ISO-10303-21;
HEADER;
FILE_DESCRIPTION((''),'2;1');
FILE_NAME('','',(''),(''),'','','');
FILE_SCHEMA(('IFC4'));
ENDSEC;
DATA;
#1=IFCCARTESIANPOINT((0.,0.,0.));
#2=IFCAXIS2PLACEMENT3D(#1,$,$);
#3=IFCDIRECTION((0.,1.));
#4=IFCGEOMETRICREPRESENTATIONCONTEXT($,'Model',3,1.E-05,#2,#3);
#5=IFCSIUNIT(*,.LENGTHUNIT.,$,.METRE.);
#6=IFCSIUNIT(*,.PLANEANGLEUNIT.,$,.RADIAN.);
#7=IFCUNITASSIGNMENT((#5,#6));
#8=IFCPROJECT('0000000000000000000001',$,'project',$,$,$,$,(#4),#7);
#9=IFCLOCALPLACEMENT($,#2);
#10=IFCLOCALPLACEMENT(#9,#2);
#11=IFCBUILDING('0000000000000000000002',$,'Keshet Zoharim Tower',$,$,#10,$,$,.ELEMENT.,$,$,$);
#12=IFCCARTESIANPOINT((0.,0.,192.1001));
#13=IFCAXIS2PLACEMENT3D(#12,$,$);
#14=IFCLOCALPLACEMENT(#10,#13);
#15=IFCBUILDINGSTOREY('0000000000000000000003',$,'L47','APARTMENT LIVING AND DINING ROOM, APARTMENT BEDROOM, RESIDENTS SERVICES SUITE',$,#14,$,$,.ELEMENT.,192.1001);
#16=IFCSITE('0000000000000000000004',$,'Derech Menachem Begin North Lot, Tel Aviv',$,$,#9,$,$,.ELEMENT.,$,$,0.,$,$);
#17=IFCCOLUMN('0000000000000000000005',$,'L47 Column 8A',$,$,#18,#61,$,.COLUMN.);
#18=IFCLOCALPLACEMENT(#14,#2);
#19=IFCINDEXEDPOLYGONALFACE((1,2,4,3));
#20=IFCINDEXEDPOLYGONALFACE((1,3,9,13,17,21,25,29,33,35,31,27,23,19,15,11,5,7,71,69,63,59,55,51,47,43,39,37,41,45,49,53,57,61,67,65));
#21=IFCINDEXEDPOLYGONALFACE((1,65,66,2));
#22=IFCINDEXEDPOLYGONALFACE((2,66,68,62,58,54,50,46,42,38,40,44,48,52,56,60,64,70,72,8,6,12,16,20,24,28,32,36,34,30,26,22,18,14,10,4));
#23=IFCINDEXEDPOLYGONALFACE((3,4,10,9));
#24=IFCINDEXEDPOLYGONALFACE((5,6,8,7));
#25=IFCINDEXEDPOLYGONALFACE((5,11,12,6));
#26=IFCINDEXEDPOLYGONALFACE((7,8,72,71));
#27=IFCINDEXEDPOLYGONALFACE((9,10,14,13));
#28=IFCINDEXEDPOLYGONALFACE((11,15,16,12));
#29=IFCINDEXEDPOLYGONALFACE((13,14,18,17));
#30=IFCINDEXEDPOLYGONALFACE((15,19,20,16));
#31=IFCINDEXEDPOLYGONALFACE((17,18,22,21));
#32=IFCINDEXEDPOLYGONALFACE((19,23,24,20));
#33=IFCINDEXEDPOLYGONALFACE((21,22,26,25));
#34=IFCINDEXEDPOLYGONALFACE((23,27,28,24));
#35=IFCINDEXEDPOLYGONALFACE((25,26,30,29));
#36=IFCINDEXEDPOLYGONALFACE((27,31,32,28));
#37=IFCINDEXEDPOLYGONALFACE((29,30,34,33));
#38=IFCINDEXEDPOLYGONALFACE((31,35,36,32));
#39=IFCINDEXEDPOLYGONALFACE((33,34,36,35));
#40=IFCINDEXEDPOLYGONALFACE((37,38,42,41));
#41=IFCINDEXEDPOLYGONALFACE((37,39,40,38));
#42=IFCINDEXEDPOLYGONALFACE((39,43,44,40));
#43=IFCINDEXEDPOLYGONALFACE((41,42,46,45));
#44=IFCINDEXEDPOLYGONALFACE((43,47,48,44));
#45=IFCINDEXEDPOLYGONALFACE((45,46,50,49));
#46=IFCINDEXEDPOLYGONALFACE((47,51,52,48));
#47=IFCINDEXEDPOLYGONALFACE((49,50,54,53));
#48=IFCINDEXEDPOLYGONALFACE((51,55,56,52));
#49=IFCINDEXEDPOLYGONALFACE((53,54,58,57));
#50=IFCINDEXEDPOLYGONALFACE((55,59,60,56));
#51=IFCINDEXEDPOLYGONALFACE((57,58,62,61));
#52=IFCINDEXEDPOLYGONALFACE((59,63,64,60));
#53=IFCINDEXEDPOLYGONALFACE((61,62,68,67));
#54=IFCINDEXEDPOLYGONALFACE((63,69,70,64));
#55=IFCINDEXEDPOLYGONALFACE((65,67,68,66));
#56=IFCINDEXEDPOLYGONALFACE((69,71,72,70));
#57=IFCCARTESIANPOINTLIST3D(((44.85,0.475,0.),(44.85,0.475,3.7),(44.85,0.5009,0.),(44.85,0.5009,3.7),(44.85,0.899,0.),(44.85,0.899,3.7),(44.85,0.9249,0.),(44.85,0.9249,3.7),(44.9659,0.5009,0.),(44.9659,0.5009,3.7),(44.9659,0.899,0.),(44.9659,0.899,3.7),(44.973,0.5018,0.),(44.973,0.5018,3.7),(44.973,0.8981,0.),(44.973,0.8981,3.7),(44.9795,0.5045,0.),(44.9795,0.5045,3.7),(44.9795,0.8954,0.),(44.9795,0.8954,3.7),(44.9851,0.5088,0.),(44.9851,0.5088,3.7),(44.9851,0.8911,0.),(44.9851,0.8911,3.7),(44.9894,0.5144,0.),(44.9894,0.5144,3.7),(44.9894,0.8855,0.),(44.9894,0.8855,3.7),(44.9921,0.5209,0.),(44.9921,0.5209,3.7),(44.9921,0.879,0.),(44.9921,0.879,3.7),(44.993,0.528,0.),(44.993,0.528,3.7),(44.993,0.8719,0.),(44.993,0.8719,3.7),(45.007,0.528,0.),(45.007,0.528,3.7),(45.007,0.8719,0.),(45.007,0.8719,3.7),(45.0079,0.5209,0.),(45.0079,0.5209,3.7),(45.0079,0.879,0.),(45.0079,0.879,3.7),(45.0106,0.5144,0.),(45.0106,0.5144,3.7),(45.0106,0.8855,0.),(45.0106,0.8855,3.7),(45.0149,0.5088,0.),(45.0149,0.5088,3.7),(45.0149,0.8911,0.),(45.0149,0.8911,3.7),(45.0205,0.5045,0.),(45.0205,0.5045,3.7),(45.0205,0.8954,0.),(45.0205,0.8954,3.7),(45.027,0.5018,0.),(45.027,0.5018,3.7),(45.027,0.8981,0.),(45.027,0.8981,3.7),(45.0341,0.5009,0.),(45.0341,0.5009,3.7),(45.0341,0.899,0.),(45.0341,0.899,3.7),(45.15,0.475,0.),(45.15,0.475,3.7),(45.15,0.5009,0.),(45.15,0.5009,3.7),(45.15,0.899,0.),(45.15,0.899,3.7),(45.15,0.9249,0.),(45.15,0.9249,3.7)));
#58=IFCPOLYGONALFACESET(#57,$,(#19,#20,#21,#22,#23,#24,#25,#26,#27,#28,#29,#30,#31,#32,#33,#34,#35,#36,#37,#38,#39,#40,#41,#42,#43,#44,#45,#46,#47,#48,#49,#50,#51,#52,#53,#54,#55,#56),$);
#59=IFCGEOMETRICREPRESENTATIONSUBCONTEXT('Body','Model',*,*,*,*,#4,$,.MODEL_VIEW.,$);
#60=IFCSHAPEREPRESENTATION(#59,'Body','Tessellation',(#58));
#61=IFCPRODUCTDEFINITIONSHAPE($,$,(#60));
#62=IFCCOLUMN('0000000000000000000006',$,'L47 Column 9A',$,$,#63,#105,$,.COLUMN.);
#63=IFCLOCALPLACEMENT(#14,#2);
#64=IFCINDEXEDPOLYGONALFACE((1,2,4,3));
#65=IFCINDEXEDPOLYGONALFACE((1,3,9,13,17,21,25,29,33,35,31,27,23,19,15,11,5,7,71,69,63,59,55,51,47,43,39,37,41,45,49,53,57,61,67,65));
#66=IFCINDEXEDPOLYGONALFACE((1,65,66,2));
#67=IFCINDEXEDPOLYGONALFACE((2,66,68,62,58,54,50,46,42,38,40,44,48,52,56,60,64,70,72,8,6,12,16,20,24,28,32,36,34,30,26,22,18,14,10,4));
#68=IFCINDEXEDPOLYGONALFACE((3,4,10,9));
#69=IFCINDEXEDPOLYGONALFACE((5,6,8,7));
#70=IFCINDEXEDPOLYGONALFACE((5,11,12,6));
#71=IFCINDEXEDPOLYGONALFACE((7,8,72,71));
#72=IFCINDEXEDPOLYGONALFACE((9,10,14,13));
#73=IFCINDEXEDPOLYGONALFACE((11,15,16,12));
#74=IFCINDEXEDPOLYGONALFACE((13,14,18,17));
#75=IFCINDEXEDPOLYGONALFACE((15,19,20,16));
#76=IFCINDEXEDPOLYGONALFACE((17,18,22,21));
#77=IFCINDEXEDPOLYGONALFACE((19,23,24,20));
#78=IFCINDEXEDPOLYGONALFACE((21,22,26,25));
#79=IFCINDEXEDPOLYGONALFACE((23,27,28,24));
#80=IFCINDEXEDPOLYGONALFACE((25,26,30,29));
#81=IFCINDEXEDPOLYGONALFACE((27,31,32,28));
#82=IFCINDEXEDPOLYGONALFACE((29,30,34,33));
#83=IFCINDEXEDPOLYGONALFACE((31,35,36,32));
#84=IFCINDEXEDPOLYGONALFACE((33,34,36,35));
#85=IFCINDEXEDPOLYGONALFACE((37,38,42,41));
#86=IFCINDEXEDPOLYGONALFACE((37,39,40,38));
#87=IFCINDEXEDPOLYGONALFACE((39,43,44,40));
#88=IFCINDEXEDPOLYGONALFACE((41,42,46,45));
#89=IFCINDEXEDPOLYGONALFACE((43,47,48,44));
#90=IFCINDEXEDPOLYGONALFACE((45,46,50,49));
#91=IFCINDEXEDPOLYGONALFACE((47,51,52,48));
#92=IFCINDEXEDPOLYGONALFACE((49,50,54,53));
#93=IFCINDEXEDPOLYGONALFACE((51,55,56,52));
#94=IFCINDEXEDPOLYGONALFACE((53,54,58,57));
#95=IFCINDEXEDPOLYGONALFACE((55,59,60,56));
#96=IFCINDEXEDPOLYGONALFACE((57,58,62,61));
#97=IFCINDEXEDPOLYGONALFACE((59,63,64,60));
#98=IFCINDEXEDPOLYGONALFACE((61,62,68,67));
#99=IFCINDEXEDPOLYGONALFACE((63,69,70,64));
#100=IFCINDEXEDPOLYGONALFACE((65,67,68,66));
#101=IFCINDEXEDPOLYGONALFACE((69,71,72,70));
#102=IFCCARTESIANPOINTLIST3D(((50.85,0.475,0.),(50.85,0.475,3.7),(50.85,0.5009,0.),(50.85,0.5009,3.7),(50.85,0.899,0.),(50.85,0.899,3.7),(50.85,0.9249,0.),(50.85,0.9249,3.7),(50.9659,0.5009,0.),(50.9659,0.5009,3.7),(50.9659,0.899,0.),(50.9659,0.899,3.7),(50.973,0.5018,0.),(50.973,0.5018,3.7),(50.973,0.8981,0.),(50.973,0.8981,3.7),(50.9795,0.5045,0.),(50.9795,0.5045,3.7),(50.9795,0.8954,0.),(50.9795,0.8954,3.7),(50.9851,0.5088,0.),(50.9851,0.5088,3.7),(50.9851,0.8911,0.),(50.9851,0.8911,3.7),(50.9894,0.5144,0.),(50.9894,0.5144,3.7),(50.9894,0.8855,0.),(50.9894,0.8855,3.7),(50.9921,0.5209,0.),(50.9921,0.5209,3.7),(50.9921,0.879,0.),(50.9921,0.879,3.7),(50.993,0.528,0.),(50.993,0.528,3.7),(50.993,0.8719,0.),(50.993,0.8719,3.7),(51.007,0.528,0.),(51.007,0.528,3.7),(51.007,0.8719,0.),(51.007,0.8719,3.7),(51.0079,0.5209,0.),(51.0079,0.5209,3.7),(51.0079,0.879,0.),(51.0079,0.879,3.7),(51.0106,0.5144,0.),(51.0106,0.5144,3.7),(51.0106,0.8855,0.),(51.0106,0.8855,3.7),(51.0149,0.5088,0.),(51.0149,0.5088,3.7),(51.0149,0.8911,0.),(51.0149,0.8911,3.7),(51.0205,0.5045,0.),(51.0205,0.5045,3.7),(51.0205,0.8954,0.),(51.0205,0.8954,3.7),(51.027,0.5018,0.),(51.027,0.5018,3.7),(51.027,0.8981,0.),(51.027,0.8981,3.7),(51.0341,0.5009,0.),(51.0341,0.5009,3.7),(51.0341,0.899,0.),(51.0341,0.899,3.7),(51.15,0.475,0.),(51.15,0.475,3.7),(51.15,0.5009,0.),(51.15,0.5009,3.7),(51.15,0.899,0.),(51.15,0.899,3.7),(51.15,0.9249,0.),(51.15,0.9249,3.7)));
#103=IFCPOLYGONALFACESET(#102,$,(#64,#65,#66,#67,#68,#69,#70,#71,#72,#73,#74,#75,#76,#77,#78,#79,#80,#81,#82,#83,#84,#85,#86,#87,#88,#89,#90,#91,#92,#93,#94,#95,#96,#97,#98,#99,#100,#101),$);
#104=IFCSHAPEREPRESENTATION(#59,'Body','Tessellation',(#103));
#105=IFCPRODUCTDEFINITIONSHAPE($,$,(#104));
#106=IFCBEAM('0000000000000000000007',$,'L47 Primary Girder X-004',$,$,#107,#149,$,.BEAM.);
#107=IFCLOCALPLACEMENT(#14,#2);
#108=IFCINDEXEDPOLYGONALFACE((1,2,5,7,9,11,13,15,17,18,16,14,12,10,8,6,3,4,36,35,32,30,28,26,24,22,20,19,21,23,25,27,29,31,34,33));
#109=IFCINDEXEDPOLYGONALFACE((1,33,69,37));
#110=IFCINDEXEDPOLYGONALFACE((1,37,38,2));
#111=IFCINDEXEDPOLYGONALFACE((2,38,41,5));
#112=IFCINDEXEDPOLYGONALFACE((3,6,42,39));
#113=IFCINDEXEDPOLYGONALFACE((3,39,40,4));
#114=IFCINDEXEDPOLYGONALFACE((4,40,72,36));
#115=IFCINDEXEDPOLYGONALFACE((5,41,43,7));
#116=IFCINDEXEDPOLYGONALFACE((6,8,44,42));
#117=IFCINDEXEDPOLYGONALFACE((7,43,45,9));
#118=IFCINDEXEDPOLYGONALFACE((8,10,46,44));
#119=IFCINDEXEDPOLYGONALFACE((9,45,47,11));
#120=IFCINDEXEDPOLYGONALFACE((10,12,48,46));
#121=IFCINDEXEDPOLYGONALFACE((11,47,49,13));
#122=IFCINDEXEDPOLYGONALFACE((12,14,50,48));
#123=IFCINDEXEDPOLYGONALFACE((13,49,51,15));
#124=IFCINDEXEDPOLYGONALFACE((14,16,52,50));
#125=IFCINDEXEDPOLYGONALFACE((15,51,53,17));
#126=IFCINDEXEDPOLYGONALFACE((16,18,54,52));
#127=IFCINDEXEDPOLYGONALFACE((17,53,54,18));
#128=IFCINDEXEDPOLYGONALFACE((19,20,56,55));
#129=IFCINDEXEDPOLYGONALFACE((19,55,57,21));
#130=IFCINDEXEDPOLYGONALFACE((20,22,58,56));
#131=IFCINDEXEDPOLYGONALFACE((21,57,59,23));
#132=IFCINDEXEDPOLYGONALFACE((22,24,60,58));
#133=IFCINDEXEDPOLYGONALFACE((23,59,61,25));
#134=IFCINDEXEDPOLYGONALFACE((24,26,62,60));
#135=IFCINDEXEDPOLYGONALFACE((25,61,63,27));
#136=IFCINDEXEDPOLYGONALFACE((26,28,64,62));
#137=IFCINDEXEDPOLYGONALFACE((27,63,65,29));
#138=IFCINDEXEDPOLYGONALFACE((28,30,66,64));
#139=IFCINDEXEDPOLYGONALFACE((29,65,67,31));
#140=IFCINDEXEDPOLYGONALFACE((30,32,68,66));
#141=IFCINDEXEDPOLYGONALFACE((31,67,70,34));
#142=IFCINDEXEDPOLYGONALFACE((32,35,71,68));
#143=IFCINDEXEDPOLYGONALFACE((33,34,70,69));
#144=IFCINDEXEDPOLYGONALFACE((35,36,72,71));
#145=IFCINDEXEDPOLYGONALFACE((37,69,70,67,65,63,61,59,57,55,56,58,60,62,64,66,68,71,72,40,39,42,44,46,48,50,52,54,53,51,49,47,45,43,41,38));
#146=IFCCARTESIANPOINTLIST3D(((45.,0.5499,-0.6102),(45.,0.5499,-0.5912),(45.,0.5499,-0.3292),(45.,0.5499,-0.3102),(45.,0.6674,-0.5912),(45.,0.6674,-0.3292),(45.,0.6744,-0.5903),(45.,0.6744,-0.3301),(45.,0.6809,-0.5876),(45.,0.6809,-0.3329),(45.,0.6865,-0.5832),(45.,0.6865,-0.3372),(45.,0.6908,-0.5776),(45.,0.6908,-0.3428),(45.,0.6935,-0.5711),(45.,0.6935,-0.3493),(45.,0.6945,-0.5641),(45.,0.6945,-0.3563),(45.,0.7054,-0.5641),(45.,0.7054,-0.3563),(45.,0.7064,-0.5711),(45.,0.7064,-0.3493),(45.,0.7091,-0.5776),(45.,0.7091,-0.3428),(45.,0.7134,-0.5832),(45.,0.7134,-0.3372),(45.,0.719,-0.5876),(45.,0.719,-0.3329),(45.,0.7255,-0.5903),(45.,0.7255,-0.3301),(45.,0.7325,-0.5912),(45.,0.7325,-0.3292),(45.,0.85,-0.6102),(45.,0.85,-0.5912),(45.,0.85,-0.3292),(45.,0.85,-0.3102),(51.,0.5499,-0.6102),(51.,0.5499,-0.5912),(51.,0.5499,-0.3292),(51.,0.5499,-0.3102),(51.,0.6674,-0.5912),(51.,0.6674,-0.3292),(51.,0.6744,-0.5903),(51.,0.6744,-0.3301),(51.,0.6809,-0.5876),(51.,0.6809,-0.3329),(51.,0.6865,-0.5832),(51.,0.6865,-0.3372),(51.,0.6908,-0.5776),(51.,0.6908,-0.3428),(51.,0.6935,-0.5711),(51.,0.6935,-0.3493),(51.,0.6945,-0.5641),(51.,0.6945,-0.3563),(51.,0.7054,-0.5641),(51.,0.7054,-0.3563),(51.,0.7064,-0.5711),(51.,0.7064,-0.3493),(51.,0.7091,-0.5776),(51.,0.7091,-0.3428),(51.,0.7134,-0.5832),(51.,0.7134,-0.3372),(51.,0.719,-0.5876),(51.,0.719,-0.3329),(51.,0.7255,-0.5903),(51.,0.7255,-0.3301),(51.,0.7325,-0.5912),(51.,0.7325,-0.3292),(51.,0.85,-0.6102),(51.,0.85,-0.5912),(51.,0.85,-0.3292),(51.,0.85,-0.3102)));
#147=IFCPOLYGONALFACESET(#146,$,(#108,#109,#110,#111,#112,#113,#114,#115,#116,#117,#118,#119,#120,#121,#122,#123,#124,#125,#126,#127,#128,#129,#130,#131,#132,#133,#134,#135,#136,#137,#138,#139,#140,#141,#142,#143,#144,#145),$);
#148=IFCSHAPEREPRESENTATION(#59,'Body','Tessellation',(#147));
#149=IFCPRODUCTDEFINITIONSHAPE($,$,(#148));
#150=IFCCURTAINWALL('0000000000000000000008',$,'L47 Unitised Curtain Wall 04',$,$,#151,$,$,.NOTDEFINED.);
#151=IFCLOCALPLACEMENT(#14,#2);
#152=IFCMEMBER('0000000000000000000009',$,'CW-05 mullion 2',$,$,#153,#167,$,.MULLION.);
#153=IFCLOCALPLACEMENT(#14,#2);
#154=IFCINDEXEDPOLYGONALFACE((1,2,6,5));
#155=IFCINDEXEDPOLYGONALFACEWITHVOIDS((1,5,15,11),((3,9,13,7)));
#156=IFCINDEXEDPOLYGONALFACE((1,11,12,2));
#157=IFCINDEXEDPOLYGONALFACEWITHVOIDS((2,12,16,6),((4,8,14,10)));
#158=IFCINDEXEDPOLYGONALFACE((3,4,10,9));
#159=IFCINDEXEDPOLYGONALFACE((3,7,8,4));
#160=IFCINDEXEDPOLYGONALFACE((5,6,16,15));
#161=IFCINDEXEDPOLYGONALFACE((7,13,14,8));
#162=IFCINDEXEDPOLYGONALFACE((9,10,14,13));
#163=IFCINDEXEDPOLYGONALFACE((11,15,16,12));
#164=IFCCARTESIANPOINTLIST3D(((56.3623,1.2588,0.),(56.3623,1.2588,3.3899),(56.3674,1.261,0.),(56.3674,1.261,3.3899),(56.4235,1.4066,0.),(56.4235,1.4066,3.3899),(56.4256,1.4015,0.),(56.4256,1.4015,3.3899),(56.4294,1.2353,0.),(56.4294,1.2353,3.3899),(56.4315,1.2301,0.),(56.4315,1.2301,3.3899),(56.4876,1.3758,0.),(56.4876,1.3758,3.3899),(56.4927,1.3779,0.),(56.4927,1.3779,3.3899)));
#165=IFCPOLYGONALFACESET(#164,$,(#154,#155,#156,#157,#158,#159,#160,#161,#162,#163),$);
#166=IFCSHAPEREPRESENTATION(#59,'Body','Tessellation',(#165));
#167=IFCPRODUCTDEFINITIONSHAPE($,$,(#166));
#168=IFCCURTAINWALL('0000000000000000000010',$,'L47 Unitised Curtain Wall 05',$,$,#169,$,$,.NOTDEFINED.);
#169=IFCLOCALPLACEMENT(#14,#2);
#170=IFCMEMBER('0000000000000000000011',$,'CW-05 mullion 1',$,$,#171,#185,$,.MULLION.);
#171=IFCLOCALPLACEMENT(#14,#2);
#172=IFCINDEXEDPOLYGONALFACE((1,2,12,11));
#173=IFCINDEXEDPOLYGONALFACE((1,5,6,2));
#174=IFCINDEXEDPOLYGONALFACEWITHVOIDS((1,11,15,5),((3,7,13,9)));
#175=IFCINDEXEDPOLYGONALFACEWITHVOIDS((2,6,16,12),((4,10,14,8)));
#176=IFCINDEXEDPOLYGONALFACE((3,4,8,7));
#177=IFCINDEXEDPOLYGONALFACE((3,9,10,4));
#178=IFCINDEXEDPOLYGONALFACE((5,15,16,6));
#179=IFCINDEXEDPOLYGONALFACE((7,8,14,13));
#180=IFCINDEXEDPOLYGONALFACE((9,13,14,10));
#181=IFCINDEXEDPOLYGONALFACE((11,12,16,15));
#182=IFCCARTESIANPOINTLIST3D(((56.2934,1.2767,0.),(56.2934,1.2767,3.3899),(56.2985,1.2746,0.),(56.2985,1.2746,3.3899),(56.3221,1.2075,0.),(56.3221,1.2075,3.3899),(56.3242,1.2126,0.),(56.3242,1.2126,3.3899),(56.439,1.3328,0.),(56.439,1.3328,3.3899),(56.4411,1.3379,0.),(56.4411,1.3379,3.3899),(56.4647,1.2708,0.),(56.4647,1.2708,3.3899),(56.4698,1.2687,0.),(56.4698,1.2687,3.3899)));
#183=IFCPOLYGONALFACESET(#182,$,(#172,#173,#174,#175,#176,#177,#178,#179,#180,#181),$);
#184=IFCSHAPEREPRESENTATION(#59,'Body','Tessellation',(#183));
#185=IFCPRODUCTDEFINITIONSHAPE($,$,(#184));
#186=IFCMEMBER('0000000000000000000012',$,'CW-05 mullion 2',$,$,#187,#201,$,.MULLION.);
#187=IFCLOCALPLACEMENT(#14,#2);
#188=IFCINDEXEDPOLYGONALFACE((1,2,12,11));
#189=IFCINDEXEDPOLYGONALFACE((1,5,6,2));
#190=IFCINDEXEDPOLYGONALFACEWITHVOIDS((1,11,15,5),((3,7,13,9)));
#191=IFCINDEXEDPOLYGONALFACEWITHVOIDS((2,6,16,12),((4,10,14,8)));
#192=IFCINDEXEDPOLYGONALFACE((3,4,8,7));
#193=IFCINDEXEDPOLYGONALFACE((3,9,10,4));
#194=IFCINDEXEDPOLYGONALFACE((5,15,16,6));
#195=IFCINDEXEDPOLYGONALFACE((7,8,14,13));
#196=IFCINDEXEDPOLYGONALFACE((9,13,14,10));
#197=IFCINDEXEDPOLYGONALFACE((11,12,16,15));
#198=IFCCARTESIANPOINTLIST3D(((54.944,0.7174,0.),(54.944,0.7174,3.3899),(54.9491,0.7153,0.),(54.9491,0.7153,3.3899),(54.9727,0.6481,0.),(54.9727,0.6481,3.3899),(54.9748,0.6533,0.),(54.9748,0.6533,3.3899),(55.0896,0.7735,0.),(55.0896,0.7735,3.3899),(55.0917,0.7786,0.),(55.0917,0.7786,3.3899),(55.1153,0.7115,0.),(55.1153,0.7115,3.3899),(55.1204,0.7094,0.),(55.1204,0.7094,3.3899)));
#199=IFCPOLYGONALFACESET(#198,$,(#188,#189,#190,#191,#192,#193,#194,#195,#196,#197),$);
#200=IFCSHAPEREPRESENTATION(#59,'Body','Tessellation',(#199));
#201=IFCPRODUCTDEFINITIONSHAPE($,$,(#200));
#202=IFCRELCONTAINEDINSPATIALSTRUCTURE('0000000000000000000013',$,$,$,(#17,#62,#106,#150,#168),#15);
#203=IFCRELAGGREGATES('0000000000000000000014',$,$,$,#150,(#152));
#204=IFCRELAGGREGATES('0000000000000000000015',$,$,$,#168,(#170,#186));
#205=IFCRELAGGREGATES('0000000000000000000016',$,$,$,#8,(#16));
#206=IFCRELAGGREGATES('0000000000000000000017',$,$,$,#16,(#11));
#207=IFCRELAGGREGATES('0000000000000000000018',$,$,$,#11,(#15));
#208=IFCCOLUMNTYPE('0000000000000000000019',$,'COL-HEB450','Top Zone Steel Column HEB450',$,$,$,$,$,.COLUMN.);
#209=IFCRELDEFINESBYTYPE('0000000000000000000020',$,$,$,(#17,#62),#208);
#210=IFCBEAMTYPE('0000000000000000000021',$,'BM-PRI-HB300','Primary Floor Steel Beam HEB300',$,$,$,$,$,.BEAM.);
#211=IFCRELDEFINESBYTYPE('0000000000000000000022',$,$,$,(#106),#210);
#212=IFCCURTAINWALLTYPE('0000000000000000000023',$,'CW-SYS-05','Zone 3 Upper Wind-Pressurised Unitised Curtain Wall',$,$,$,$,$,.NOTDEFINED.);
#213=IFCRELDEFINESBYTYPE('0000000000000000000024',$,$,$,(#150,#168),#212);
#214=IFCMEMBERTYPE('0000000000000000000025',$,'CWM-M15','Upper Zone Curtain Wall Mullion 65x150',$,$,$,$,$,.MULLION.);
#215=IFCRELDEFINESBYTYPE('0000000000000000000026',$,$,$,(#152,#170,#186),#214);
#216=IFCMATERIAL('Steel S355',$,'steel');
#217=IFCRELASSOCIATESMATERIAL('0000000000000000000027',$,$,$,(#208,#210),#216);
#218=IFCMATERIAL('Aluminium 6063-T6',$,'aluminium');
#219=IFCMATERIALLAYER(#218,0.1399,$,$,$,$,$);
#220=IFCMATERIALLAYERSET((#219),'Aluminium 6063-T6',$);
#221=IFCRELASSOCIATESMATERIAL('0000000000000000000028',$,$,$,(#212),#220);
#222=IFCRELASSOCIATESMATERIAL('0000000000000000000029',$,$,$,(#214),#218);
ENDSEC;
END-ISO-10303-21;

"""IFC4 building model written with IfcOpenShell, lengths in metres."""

from ifc_helpers import new_model, si_unit, direction, frame, origin, origin_2d, place, context, subcontext, project, spatial, hollow_rectangle, i_section, extrude, material, layer, layer_set, material_profile, profile_set, type_object, element, aggregate, save


model = new_model("IFC4")

# Units and contexts
model_context = context("Model", 3, precision=1e-05, world=origin(), true_north=direction((0.0, 1.0)))
body_context = subcontext(model_context, "Body", "Model", "MODEL_VIEW")
ifc_project = project(units=[si_unit("LENGTHUNIT", "METRE"), si_unit("PLANEANGLEUNIT", "RADIAN")], contexts=[model_context])

# Site, building, storey
site_placement = place(None, origin())
site = spatial("IfcSite", under=ifc_project, at=site_placement, Name="Derech Menachem Begin North Lot, Tel Aviv", CompositionType="ELEMENT", RefElevation=0.0)
building_placement = place(site_placement, origin())
building = spatial("IfcBuilding", under=site, at=building_placement, Name="Keshet Zoharim Tower", CompositionType="ELEMENT")
storey_placement = place(building_placement, frame((0.0, 0.0, 192.1001)))
storey = spatial("IfcBuildingStorey", under=building, at=storey_placement, Name="L47", Description="APARTMENT LIVING AND DINING ROOM, APARTMENT BEDROOM, RESIDENTS SERVICES SUITE", CompositionType="ELEMENT", Elevation=192.1001)

# Columns
ifc_material_1 = material(Name="Steel S355", Category="steel")
ifc_material_profile_1 = material_profile(ifc_material_1, i_section(OverallWidth=0.3, OverallDepth=0.45, WebThickness=0.0139, FlangeThickness=0.0259, FilletRadius=0.0271, at=origin_2d()), Name="HEB450")
ifc_profile_set_1 = profile_set([ifc_material_profile_1], Name="Steel S355")
column_type = type_object("IfcColumnType", Name="COL-HEB450", Description="Top Zone Steel Column HEB450", PredefinedType="COLUMN", material=ifc_profile_set_1)
for number, where, z_axis, x_axis, name in (
    (1, (45.0, 0.7, 0.0), (0.0, 0.0, 1.0), (1.0, 0.0, 0.0), "L47 Column 8A"),
    (2, (51.0, 0.7, 0.0), (0.0, 0.0, 1.0), (1.0, 0.0, 0.0), "L47 Column 9A"),
):
    element("IfcColumn", number, at=place(storey_placement, frame(where, z_axis=z_axis, x_axis=x_axis)), inside=storey, type_object=column_type, Name=name, PredefinedType="COLUMN", context=body_context, shape_type="SweptSolid", body=[
        extrude(i_section(OverallWidth=0.3, OverallDepth=0.45, WebThickness=0.0139, FlangeThickness=0.0259, FilletRadius=0.0271, at=origin_2d()), origin(), (0.0, 0.0, 1.0), 3.7),
    ])

# Beam
ifc_material_profile_2 = material_profile(ifc_material_1, i_section(OverallWidth=0.3, OverallDepth=0.3, WebThickness=0.011, FlangeThickness=0.019, FilletRadius=0.0271, at=origin_2d()), Name="HEB300")
ifc_profile_set_2 = profile_set([ifc_material_profile_2], Name="Steel S355")
beam_type = type_object("IfcBeamType", Name="BM-PRI-HB300", Description="Primary Floor Steel Beam HEB300", PredefinedType="BEAM", material=ifc_profile_set_2)
beam_placement = place(storey_placement, frame((45.0, 0.7, -0.4602), z_axis=(1.0, 0.0, 0.0), x_axis=(0.0, 1.0, 0.0)))
element("IfcBeam", 3, at=beam_placement, inside=storey, type_object=beam_type, Name="L47 Primary Girder X-004", PredefinedType="BEAM", context=body_context, shape_type="SweptSolid", body=[
    extrude(i_section(OverallWidth=0.3, OverallDepth=0.3, WebThickness=0.011, FlangeThickness=0.019, FilletRadius=0.0271, at=origin_2d()), origin(), (0.0, 0.0, 1.0), 6.0),
])

# Curtain wall, member
ifc_material_2 = material(Name="Aluminium 6063-T6", Category="aluminium")
ifc_layer_1 = layer(ifc_material_2, 0.1399)
ifc_layer_set_1 = layer_set([ifc_layer_1], Name="Aluminium 6063-T6")
curtain_wall_type = type_object("IfcCurtainWallType", Name="CW-SYS-05", Description="Zone 3 Upper Wind-Pressurised Unitised Curtain Wall", PredefinedType="NOTDEFINED", material=ifc_layer_set_1)
curtain_wall_1_placement = place(storey_placement, origin())
curtain_wall_1 = element("IfcCurtainWall", 4, at=curtain_wall_1_placement, inside=storey, type_object=curtain_wall_type, Name="L47 Unitised Curtain Wall 04", PredefinedType="NOTDEFINED")
ifc_material_profile_3 = material_profile(ifc_material_2, hollow_rectangle(XDim=0.075, YDim=0.1599, WallThickness=0.0039, at=origin_2d()), Name="MUL-75x160")
ifc_profile_set_3 = profile_set([ifc_material_profile_3], Name="Aluminium 6063-T6")
member_type_1 = type_object("IfcMemberType", Name="CWM-M15", Description="Upper Zone Curtain Wall Mullion 65x150", PredefinedType="MULLION", material=ifc_profile_set_3)
member_1_placement = place(storey_placement, frame((56.4275, 1.3184, 0.0), z_axis=(0.0, 0.0, 1.0), x_axis=(0.92381, -0.382852, 0.0)))
member_1 = element("IfcMember", 5, at=member_1_placement, type_object=member_type_1, Name="CW-05 mullion 2", PredefinedType="MULLION", context=body_context, shape_type="SweptSolid", body=[
    extrude(hollow_rectangle(XDim=0.075, YDim=0.1599, WallThickness=0.0039, at=origin_2d()), origin(), (0.0, 0.0, 1.0), 3.3899),
])

# Curtain wall, members
curtain_wall_2_placement = place(storey_placement, origin())
curtain_wall_2 = element("IfcCurtainWall", 6, at=curtain_wall_2_placement, inside=storey, type_object=curtain_wall_type, Name="L47 Unitised Curtain Wall 05", PredefinedType="NOTDEFINED")
member_2_placement = place(storey_placement, frame((56.3816, 1.2727, 0.0), z_axis=(0.0, 0.0, 1.0), x_axis=(0.382852, -0.92381, 0.0)))
member_2 = element("IfcMember", 7, at=member_2_placement, type_object=member_type_1, Name="CW-05 mullion 1", PredefinedType="MULLION", context=body_context, shape_type="SweptSolid", body=[
    extrude(hollow_rectangle(XDim=0.075, YDim=0.1599, WallThickness=0.0039, at=origin_2d()), origin(), (0.0, 0.0, 1.0), 3.3899),
])
member_3_placement = place(storey_placement, frame((55.0322, 0.7134, 0.0), z_axis=(0.0, 0.0, 1.0), x_axis=(0.382852, -0.92381, 0.0)))
member_3 = element("IfcMember", 8, at=member_3_placement, type_object=member_type_1, Name="CW-05 mullion 2", PredefinedType="MULLION", context=body_context, shape_type="SweptSolid", body=[
    extrude(hollow_rectangle(XDim=0.075, YDim=0.1599, WallThickness=0.0039, at=origin_2d()), origin(), (0.0, 0.0, 1.0), 3.3899),
])

aggregate(curtain_wall_1, [member_1])
aggregate(curtain_wall_2, [member_2, member_3])

save(model, "model.ifc")
